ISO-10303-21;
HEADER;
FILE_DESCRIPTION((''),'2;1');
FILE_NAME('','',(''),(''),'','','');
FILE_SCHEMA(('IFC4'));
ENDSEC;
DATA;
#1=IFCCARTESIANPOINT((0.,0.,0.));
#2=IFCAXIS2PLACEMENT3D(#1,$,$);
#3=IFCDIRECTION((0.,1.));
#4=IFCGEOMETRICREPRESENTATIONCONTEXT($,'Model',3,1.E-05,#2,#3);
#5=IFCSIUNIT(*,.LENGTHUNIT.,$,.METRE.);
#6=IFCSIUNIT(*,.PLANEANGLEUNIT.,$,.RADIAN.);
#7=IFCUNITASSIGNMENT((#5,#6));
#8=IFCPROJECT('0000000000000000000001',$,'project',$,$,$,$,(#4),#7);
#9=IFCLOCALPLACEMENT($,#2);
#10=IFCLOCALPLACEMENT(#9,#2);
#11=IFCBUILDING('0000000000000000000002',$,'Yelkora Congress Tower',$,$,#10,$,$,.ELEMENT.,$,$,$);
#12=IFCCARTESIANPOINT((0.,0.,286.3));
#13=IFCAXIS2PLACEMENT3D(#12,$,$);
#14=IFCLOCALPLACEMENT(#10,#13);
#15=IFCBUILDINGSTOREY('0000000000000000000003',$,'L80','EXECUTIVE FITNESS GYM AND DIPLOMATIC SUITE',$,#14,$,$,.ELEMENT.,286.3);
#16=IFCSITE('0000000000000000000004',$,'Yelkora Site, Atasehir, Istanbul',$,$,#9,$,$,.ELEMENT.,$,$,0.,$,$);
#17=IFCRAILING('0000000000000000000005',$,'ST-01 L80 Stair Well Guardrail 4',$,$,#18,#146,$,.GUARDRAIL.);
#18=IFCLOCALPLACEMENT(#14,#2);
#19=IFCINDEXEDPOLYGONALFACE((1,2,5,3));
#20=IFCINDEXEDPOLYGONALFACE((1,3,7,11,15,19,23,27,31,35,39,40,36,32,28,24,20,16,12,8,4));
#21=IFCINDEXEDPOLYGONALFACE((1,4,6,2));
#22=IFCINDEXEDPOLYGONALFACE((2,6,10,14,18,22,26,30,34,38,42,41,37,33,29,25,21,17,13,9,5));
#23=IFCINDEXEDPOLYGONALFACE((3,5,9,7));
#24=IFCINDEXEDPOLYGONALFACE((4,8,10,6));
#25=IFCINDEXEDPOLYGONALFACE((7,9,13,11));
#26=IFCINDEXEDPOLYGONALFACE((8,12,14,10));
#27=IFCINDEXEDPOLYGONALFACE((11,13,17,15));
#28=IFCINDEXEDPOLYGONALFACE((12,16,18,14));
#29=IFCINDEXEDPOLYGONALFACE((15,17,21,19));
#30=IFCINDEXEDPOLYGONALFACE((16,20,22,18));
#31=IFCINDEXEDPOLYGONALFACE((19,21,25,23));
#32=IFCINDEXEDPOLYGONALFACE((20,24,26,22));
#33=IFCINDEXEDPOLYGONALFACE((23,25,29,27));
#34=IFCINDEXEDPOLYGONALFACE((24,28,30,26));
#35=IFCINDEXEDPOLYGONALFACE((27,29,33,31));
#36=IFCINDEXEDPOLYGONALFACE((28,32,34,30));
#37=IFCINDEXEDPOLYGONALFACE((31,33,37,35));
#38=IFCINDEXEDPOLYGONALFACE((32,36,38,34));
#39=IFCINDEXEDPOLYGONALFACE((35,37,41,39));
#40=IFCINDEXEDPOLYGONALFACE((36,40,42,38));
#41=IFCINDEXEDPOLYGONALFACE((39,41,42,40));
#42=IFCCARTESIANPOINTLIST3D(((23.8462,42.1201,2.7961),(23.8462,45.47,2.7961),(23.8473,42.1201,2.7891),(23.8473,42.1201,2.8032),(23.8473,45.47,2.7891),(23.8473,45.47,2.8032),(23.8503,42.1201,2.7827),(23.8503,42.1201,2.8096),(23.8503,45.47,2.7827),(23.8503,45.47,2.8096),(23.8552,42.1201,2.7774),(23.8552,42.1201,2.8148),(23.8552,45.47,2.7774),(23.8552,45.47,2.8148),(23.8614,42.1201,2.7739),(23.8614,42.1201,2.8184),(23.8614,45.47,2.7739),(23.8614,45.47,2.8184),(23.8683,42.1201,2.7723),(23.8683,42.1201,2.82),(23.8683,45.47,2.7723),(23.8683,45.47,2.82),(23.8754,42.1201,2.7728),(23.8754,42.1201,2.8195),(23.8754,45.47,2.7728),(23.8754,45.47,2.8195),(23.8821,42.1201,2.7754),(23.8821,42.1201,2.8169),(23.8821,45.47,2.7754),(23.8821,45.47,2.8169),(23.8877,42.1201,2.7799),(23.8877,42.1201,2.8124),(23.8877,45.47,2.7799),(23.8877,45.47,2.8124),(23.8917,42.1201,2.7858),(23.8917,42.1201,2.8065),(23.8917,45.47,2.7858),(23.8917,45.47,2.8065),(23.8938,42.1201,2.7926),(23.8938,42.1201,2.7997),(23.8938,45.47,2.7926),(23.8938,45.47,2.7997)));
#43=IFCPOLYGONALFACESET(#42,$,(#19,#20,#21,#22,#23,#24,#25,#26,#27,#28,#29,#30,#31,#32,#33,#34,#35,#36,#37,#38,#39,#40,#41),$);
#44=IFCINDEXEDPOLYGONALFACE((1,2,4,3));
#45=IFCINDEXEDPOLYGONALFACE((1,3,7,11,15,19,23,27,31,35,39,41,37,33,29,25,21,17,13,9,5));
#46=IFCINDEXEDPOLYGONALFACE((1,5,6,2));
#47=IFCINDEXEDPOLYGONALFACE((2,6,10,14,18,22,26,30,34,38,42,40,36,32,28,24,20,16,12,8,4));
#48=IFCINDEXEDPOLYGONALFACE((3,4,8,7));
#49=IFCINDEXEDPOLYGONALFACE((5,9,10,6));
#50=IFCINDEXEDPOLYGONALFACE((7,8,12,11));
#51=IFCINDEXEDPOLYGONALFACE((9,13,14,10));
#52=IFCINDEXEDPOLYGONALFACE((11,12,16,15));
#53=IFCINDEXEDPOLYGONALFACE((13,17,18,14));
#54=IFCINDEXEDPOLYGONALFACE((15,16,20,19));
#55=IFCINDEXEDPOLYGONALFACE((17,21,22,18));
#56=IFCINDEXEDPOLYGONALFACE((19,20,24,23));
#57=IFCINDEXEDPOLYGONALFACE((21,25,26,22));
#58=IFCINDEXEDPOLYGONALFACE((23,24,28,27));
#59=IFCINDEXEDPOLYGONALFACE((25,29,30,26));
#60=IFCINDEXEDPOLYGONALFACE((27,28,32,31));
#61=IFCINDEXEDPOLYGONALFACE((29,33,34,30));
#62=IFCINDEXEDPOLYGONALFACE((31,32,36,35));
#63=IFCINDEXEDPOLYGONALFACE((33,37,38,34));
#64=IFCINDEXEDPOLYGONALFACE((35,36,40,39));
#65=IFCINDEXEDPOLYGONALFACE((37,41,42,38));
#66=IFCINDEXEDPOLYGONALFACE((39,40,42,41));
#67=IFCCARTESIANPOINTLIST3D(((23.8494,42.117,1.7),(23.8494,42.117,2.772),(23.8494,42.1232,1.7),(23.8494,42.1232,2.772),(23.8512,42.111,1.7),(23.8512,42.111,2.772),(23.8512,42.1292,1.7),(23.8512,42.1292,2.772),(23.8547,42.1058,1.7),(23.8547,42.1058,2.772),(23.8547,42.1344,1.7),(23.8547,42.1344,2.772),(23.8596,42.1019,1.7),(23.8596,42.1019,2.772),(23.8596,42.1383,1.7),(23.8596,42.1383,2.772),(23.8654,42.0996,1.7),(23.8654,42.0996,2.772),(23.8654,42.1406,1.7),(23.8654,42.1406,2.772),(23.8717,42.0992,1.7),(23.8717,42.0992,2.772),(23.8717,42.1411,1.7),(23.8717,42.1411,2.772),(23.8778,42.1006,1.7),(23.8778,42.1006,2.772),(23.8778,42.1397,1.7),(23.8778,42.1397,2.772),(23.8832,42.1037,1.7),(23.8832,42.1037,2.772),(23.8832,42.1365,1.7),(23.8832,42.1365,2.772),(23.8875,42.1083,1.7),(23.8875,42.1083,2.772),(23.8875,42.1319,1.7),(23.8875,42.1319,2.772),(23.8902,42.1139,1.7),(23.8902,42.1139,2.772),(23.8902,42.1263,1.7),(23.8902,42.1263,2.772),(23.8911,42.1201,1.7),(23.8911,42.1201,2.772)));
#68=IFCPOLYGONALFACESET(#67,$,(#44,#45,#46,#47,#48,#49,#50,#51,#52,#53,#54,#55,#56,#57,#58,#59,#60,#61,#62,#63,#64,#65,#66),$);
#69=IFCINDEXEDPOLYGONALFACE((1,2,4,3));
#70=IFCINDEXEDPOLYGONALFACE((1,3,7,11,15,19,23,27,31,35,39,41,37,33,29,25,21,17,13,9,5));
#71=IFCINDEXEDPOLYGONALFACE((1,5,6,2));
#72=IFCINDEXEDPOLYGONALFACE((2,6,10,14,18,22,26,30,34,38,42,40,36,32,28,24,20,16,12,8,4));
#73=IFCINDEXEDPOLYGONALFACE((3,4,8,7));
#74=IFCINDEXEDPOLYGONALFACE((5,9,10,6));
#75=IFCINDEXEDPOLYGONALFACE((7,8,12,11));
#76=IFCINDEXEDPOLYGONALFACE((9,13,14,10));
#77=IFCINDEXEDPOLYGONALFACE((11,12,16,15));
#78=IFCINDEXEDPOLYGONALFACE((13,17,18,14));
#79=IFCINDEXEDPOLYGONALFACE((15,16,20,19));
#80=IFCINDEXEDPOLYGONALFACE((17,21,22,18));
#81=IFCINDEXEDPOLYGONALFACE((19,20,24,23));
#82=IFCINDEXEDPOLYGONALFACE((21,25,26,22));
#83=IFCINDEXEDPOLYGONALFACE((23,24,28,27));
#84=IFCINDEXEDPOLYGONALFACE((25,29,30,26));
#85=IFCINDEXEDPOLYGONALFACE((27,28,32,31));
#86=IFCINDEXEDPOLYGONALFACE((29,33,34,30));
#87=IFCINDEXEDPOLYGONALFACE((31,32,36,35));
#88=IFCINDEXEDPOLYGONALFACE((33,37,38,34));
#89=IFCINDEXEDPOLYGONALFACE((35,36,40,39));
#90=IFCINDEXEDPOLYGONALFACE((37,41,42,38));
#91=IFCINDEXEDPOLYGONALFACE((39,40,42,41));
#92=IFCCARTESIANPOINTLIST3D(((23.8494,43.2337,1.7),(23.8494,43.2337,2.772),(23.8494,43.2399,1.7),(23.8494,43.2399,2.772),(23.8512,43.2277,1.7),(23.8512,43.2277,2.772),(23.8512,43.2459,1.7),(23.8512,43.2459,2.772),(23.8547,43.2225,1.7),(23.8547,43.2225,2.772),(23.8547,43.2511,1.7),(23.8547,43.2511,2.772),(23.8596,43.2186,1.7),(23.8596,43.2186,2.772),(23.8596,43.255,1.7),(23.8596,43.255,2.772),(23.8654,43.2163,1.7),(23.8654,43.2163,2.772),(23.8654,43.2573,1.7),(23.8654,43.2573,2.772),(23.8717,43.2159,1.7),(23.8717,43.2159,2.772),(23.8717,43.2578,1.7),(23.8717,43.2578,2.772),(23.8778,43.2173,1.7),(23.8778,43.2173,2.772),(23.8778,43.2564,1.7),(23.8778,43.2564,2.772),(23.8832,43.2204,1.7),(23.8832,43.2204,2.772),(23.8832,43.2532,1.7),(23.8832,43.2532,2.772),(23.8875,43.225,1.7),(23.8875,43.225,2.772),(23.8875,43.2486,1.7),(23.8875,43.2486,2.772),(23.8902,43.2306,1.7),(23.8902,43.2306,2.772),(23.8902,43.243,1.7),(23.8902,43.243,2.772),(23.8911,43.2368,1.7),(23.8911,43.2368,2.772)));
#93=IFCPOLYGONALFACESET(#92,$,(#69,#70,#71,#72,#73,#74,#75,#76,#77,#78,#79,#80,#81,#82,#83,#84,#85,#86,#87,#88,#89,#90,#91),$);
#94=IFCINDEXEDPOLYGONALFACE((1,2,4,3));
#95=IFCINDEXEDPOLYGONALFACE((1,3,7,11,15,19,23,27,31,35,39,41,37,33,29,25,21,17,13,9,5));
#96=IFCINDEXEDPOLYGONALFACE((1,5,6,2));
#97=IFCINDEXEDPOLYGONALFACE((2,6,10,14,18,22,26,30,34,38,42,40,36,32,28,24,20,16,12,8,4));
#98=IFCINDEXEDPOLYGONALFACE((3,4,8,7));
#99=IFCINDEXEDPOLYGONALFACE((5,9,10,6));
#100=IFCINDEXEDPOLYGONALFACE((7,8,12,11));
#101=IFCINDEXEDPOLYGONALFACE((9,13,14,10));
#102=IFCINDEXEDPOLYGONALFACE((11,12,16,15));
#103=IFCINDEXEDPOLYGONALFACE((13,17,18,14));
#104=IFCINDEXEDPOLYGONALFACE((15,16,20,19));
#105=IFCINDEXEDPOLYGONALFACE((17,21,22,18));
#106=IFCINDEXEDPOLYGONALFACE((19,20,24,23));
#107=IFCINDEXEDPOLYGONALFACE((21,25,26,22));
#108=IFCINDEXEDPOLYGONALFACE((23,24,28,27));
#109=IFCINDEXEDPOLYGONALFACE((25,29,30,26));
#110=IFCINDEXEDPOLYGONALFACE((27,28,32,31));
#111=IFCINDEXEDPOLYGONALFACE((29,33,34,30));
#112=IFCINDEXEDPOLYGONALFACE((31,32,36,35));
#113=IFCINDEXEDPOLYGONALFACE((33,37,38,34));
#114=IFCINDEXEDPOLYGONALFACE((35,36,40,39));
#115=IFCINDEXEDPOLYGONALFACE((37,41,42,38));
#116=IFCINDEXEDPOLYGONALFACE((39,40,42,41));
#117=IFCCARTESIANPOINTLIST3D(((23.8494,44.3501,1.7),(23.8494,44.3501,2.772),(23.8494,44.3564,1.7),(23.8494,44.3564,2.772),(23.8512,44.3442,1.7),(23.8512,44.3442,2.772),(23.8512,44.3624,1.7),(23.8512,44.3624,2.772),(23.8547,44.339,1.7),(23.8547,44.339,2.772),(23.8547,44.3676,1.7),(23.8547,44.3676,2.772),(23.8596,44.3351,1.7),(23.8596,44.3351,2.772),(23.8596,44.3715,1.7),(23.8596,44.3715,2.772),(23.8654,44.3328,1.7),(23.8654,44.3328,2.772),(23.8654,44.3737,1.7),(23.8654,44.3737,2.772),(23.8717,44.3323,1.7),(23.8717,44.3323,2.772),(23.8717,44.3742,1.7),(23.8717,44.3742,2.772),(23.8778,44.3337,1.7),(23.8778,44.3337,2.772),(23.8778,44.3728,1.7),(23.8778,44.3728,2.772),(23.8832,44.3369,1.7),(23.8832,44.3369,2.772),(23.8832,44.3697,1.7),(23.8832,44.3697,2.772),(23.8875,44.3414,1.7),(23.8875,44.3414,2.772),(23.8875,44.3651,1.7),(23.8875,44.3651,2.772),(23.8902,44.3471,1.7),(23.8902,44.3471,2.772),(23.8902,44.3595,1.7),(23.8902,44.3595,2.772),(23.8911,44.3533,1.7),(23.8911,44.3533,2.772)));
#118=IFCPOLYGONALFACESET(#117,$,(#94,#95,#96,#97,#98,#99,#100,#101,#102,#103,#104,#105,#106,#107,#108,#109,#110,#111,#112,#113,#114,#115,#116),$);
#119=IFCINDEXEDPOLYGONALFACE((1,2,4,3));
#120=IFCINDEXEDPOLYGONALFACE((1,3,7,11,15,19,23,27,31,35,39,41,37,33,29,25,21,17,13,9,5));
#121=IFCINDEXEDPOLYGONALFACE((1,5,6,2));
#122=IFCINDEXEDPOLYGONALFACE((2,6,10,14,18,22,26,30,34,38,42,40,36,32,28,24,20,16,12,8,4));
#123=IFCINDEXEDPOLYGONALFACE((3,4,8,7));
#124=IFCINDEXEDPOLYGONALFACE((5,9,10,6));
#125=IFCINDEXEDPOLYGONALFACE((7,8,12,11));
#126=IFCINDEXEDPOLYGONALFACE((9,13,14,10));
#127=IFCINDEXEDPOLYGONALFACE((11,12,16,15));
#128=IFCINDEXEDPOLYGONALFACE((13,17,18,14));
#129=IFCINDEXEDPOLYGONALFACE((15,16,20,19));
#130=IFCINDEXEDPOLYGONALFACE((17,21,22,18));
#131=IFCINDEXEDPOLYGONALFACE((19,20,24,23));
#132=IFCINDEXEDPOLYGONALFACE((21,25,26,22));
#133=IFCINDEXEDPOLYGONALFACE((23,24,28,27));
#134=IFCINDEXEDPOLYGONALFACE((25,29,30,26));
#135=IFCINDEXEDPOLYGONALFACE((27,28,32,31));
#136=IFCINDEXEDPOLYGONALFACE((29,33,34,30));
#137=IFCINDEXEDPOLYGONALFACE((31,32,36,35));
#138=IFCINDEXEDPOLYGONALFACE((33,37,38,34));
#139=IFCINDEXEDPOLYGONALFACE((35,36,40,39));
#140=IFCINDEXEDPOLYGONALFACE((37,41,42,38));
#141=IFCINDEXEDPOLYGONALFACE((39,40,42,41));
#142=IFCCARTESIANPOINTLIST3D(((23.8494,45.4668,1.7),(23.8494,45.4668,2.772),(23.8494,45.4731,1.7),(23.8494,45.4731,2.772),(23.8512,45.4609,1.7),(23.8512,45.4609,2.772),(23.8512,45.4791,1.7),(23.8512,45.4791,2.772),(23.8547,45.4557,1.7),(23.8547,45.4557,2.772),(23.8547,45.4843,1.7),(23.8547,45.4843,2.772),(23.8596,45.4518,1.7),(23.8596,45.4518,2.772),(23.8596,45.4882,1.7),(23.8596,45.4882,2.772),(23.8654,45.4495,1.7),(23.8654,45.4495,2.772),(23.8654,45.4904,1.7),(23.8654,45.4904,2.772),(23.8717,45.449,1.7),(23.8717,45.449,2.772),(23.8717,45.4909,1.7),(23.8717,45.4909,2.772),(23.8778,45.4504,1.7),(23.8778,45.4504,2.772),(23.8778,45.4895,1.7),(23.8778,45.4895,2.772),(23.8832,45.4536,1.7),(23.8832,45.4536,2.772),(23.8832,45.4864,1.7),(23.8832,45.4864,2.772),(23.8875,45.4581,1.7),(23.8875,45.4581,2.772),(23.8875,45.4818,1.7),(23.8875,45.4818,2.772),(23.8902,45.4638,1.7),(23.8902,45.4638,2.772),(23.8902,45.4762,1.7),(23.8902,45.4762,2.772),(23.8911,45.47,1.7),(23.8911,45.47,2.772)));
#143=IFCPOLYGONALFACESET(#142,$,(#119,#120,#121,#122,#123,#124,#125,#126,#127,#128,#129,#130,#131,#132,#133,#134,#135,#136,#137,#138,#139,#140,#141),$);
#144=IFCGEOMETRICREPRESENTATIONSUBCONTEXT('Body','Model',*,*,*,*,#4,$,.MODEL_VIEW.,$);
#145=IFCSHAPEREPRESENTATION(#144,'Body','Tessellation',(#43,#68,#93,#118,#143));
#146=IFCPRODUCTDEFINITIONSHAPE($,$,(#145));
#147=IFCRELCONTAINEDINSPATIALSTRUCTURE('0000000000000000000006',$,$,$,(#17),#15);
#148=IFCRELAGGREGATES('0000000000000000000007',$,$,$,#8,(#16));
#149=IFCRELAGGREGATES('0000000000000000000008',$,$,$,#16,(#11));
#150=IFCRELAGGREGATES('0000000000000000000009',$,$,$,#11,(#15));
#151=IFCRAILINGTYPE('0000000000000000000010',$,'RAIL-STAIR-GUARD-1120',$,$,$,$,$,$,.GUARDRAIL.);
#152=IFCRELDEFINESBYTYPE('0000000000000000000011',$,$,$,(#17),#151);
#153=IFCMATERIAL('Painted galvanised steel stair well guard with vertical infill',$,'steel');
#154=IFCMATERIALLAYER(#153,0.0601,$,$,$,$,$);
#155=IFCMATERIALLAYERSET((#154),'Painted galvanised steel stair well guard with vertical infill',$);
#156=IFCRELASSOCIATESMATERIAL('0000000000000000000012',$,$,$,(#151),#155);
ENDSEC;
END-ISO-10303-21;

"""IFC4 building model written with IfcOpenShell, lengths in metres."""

from ifc_helpers import new_model, si_unit, direction, frame, origin, origin_2d, place, context, subcontext, project, spatial, circle, extrude, material, layer, layer_set, type_object, element, save


model = new_model("IFC4")

# Units and contexts
model_context = context("Model", 3, precision=1e-05, world=origin(), true_north=direction((0.0, 1.0)))
body_context = subcontext(model_context, "Body", "Model", "MODEL_VIEW")
ifc_project = project(units=[si_unit("LENGTHUNIT", "METRE"), si_unit("PLANEANGLEUNIT", "RADIAN")], contexts=[model_context])

# Site, building, storey
site_placement = place(None, origin())
site = spatial("IfcSite", under=ifc_project, at=site_placement, Name="Yelkora Site, Atasehir, Istanbul", CompositionType="ELEMENT", RefElevation=0.0)
building_placement = place(site_placement, origin())
building = spatial("IfcBuilding", under=site, at=building_placement, Name="Yelkora Congress Tower", CompositionType="ELEMENT")
storey_placement = place(building_placement, frame((0.0, 0.0, 286.3)))
storey = spatial("IfcBuildingStorey", under=building, at=storey_placement, Name="L80", Description="EXECUTIVE FITNESS GYM AND DIPLOMATIC SUITE", CompositionType="ELEMENT", Elevation=286.3)

# Railing
ifc_material_1 = material(Name="Painted galvanised steel stair well guard with vertical infill", Category="steel")
ifc_layer_1 = layer(ifc_material_1, 0.0601)
ifc_layer_set_1 = layer_set([ifc_layer_1], Name="Painted galvanised steel stair well guard with vertical infill")
railing_type_1 = type_object("IfcRailingType", Name="RAIL-STAIR-GUARD-1120", PredefinedType="GUARDRAIL", material=ifc_layer_set_1)
railing_1_placement = place(storey_placement, frame((23.8701, 42.1201, 1.7)))
element("IfcRailing", 1, at=railing_1_placement, inside=storey, type_object=railing_type_1, Name="ST-01 L80 Stair Well Guardrail 4", PredefinedType="GUARDRAIL", context=body_context, shape_type="SweptSolid", body=[
    extrude(circle(Radius=0.0239, at=origin_2d()), frame((0.0, 0.0, 1.0962), z_axis=(0.0, 1.0, 0.0), x_axis=(-1.0, 0.0, 0.0)), (0.0, 0.0, 1.0), 3.3499),
    extrude(circle(Radius=0.021, at=origin_2d()), origin(), (0.0, 0.0, 1.0), 1.072),
    extrude(circle(Radius=0.021, at=origin_2d()), frame((0.0, 1.1167, 0.0)), (0.0, 0.0, 1.0), 1.072),
    extrude(circle(Radius=0.021, at=origin_2d()), frame((0.0, 2.2332, 0.0)), (0.0, 0.0, 1.0), 1.072),
    extrude(circle(Radius=0.021, at=origin_2d()), frame((0.0, 3.3499, 0.0)), (0.0, 0.0, 1.0), 1.072),
])

save(model, "model.ifc")
